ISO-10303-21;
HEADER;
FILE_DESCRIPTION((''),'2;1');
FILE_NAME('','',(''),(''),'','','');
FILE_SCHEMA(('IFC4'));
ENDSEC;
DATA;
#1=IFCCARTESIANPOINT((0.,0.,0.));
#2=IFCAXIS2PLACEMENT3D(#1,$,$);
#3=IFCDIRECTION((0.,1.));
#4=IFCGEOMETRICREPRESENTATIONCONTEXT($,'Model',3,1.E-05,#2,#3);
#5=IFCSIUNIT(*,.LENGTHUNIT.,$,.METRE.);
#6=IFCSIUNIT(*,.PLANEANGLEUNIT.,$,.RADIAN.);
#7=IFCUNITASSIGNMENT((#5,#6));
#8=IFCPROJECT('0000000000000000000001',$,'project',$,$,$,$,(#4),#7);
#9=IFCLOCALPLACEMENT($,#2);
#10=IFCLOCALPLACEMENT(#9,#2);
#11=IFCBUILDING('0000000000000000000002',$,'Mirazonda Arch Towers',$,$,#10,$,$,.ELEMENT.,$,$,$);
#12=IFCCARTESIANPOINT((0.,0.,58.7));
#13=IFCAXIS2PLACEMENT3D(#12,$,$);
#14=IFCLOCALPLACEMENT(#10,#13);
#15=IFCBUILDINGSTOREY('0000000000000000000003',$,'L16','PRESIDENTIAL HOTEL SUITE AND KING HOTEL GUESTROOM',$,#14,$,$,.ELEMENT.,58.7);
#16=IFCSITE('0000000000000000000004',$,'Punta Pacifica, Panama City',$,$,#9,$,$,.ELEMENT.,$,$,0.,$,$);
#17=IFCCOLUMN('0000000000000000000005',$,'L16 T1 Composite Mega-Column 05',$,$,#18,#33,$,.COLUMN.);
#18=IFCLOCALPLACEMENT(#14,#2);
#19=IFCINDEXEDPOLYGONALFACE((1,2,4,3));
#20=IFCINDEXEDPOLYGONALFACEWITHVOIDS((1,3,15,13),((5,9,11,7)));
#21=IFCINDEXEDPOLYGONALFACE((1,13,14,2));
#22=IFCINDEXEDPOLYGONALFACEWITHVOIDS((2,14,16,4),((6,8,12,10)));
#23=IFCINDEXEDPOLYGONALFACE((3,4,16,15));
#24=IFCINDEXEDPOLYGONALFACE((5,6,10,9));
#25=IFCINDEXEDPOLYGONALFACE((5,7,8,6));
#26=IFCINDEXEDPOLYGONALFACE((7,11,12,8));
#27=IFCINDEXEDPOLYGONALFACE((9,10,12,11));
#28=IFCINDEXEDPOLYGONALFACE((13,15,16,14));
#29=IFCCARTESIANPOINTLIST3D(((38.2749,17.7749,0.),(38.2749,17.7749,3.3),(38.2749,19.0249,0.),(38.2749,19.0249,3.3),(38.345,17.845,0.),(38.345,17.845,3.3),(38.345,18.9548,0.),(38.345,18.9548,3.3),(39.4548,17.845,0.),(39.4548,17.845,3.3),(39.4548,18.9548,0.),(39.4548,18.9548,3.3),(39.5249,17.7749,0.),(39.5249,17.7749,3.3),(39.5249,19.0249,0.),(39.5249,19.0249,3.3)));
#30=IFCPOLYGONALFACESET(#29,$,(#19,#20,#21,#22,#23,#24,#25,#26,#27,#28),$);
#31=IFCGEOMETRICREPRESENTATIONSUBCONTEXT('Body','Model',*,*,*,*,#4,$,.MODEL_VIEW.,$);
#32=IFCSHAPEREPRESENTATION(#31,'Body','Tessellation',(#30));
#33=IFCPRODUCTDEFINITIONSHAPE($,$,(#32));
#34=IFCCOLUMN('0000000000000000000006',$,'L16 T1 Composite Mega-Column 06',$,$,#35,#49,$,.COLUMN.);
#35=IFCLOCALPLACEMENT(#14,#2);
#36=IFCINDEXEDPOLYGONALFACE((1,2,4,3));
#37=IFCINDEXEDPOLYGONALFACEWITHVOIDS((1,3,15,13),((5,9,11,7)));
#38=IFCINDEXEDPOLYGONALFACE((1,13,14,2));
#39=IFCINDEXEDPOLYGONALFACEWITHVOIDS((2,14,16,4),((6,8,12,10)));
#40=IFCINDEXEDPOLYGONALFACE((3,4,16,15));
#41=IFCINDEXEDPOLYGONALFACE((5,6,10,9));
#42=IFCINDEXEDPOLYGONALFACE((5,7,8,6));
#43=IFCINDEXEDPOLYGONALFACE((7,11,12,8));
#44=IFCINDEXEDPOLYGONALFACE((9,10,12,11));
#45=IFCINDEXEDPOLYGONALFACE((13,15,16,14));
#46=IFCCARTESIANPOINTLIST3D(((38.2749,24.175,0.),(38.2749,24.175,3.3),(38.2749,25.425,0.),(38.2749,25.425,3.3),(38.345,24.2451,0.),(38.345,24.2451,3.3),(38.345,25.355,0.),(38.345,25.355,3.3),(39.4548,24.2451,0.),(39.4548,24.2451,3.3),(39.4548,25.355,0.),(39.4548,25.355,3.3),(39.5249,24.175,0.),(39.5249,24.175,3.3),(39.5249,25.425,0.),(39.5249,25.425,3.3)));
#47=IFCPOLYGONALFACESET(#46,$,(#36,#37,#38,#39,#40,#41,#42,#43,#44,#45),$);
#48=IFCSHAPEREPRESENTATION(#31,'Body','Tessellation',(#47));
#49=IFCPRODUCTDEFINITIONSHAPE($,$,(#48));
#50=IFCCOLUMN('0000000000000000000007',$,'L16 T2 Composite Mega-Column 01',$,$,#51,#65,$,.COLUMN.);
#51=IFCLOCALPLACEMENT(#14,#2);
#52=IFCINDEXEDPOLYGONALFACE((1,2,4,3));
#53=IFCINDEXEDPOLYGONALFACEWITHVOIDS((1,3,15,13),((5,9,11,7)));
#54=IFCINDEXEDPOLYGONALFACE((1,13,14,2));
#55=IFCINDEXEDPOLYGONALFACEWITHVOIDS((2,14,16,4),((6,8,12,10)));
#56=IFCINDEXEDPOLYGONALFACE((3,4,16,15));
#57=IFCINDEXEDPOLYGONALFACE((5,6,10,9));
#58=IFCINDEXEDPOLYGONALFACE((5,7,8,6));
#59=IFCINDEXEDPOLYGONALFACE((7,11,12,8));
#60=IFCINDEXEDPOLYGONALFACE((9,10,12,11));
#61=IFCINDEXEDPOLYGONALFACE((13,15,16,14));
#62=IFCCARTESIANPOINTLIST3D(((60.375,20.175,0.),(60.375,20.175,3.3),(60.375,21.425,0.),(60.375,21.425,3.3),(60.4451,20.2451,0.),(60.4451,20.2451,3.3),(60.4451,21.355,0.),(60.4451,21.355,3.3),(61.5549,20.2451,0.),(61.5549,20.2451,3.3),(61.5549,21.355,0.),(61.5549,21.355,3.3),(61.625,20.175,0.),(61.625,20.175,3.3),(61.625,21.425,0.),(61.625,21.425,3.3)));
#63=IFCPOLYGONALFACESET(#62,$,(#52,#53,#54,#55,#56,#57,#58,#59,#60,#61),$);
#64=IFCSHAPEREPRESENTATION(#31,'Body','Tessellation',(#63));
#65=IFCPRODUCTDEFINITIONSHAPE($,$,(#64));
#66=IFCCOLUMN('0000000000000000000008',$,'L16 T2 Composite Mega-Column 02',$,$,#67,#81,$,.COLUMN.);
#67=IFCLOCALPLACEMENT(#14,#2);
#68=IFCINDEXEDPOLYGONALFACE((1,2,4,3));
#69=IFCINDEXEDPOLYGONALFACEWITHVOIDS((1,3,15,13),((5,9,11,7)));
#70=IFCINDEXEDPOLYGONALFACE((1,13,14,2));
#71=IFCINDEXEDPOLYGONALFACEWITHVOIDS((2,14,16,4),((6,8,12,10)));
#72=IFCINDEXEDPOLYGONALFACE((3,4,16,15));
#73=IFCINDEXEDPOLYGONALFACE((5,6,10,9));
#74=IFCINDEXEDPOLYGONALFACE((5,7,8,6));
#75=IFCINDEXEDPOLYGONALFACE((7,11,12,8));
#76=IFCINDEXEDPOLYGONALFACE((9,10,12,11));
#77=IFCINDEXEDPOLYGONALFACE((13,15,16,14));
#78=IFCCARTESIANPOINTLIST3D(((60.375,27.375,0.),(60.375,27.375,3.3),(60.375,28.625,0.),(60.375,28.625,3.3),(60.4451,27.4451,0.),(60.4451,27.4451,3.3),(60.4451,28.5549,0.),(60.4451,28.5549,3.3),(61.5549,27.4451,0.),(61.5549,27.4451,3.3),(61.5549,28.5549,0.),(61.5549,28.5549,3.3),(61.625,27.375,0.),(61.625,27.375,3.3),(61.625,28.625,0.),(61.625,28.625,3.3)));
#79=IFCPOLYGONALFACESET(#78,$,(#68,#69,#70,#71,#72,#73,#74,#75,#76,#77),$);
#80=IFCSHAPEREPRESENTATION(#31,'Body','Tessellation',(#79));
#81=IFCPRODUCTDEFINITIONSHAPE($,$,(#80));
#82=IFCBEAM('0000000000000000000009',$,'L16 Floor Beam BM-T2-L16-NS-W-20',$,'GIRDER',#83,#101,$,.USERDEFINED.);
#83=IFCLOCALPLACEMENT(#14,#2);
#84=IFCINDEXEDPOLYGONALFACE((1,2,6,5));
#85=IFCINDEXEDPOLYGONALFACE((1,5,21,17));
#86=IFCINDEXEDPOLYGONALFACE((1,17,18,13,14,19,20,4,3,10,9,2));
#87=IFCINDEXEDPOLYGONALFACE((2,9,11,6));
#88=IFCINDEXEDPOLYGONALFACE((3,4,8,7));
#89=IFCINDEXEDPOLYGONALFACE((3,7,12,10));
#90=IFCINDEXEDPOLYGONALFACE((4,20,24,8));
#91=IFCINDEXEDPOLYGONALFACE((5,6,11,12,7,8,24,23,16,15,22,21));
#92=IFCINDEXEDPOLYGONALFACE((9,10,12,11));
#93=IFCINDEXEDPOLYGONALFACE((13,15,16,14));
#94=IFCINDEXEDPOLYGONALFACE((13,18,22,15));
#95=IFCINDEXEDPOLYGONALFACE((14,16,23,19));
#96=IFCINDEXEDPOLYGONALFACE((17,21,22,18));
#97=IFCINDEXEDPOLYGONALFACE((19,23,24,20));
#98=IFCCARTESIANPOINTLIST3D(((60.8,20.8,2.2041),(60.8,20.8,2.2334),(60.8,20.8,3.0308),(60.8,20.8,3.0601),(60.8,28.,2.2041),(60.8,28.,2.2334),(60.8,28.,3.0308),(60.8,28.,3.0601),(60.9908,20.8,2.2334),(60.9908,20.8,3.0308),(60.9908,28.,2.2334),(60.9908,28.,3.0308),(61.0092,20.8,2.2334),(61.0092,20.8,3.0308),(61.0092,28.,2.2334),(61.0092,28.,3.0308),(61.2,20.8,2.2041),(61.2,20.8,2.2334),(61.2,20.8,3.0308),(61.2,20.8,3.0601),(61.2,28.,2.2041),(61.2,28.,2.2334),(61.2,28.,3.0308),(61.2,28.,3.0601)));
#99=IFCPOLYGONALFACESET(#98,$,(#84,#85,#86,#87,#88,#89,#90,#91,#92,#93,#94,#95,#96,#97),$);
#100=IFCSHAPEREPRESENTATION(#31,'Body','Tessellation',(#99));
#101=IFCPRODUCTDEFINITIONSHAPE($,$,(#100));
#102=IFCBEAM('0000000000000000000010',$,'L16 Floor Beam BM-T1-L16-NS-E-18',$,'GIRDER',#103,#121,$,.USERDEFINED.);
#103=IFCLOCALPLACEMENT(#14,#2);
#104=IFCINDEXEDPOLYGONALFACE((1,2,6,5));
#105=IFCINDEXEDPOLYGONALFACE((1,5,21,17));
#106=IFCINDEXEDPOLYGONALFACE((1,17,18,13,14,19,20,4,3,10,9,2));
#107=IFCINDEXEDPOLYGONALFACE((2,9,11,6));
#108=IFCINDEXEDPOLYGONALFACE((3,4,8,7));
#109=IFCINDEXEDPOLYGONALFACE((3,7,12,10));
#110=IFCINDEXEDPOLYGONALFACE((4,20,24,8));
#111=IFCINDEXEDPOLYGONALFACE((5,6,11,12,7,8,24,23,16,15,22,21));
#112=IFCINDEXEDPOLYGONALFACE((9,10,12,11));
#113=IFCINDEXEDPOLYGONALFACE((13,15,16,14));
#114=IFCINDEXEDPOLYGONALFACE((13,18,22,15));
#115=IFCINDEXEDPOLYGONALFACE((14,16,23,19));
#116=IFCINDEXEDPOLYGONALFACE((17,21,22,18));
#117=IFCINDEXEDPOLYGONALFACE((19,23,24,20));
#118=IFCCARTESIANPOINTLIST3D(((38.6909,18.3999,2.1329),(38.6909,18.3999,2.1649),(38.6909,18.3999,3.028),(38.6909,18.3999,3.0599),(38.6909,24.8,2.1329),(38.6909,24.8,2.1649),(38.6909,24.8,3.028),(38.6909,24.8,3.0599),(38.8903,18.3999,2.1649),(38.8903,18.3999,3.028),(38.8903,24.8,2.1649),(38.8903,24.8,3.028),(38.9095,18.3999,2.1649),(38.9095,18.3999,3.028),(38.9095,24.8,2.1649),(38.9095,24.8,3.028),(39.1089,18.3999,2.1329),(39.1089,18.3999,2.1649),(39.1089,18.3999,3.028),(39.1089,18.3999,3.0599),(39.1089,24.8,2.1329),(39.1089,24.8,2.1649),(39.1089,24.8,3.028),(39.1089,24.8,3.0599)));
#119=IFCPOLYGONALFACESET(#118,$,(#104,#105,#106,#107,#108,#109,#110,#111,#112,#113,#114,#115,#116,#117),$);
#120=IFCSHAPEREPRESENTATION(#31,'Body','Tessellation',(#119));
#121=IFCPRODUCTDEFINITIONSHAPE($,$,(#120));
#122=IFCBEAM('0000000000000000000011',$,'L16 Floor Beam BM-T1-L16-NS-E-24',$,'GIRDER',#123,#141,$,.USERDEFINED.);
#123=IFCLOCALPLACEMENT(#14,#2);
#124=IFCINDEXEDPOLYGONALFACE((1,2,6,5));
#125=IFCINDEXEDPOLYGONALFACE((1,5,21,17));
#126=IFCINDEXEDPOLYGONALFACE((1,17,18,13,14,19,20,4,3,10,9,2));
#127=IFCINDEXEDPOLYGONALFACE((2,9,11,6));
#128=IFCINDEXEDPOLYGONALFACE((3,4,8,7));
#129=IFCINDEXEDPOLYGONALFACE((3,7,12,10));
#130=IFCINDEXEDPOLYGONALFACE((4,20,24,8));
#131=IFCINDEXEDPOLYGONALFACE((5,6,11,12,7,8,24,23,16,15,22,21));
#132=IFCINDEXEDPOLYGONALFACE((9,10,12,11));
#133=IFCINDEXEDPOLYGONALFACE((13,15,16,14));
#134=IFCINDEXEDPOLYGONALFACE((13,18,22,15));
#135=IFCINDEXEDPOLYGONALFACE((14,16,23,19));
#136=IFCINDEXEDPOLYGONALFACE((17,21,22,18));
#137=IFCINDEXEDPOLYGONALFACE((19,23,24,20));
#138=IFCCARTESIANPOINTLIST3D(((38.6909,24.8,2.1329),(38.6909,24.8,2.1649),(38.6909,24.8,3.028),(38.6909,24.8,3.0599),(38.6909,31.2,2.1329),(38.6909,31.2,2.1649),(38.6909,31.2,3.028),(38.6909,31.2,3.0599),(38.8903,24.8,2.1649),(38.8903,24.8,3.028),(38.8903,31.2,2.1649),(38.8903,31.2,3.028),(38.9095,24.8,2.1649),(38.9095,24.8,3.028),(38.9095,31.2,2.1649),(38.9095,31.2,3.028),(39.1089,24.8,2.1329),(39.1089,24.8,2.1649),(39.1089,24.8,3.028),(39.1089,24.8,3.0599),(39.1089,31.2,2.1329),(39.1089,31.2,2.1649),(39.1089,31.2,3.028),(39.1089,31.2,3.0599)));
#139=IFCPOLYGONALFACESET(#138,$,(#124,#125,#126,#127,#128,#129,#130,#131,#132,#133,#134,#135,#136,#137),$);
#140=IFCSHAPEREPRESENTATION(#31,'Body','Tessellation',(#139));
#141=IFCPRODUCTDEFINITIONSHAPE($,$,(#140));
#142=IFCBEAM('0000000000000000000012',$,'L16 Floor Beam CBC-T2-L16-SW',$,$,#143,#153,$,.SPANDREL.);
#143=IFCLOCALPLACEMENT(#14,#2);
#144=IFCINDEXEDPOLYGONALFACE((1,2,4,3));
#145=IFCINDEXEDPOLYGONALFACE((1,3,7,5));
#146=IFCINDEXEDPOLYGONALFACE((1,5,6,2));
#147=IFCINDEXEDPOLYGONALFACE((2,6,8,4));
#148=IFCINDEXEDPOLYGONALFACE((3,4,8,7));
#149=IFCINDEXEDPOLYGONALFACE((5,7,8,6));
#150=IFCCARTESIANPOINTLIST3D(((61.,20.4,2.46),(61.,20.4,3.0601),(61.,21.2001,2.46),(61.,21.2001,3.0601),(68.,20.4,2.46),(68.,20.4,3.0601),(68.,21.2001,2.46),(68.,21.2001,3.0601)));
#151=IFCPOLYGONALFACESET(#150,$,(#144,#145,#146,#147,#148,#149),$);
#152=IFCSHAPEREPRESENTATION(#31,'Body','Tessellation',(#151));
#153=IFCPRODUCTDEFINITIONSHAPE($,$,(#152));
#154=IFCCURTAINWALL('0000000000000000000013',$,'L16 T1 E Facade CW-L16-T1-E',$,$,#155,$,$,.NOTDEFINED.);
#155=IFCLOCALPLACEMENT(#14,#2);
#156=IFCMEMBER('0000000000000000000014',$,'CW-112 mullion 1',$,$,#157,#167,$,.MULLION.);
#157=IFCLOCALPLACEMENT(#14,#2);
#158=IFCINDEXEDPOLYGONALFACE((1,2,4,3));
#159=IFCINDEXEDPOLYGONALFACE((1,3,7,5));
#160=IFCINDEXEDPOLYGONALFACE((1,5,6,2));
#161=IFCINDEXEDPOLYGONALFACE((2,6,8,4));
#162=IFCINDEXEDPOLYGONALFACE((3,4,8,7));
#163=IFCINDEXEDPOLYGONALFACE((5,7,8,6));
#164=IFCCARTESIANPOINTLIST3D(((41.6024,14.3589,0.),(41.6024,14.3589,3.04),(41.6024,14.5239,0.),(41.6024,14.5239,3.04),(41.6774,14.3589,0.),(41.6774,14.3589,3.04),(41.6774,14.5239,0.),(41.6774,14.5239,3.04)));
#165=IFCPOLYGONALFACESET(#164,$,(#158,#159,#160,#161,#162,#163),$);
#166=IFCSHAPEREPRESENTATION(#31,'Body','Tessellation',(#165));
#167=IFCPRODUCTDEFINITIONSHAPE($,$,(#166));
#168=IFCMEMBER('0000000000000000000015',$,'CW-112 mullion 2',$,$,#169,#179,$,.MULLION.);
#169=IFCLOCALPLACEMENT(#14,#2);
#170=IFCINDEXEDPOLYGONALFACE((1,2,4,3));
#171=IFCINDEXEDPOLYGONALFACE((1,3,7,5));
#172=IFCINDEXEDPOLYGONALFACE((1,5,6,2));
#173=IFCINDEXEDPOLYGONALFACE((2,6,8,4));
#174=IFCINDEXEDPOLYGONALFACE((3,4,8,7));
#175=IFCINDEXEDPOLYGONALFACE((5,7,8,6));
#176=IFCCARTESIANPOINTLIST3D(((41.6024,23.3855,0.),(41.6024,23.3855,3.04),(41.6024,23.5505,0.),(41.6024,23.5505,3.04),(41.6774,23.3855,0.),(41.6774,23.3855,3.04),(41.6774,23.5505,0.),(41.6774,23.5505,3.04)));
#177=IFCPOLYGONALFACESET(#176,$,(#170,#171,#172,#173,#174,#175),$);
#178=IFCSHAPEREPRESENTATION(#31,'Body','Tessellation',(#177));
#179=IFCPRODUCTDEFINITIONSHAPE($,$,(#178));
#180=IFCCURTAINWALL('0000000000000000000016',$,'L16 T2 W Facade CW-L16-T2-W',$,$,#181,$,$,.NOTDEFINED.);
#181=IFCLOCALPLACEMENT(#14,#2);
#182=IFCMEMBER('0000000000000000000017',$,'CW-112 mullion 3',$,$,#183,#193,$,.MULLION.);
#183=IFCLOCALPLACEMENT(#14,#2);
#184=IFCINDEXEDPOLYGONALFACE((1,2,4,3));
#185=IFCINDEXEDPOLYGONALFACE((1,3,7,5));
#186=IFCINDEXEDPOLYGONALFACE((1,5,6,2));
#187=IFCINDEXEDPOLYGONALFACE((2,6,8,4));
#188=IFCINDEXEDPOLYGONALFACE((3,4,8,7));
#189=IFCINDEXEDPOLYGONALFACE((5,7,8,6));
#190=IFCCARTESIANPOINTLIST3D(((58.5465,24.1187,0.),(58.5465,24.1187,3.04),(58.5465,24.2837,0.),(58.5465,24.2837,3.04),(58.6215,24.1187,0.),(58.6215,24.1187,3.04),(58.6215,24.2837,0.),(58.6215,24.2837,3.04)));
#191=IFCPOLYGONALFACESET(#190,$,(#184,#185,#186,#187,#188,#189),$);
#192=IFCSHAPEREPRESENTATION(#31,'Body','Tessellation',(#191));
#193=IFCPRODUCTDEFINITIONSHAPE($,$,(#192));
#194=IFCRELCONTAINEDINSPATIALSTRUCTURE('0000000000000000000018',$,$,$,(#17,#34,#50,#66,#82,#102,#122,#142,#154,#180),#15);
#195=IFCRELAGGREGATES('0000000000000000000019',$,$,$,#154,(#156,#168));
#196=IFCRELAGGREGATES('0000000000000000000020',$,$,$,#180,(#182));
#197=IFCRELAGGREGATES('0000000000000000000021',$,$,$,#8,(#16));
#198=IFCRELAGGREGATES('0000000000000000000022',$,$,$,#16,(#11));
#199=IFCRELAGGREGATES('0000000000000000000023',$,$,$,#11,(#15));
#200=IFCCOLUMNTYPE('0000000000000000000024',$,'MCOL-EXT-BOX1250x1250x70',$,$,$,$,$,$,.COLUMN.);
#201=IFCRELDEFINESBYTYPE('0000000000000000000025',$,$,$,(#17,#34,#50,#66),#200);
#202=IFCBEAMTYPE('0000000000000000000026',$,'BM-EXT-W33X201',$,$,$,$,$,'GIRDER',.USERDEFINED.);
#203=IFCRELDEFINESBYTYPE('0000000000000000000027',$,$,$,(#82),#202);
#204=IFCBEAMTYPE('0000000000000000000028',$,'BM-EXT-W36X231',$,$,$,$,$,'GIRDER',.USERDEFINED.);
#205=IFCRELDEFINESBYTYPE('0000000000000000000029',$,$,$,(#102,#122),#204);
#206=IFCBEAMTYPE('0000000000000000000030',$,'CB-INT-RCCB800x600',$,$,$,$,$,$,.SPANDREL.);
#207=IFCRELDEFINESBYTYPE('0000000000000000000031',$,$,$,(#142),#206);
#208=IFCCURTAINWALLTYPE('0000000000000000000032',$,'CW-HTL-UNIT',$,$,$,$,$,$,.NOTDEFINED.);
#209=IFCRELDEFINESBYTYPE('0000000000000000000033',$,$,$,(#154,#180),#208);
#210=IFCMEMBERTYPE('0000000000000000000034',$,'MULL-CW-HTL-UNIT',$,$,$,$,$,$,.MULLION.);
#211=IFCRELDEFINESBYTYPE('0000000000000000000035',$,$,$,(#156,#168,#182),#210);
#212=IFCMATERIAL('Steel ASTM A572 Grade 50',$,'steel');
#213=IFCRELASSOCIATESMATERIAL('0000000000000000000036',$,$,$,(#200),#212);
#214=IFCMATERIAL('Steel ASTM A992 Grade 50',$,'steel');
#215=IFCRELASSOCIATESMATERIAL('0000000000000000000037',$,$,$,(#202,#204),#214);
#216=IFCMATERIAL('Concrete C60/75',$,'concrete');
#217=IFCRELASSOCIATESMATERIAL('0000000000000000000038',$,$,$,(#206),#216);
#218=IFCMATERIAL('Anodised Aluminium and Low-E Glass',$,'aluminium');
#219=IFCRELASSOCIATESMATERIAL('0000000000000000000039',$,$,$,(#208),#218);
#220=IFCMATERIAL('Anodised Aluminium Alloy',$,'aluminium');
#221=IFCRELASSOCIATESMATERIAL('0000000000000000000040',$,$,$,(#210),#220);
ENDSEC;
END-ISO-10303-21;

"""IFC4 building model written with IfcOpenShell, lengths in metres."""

from ifc_helpers import new_model, si_unit, direction, frame, origin, origin_2d, place, context, subcontext, project, spatial, rectangle, hollow_rectangle, i_section, extrude, material, material_profile, profile_set, type_object, element, aggregate, save


model = new_model("IFC4")

# Units and contexts
model_context = context("Model", 3, precision=1e-05, world=origin(), true_north=direction((0.0, 1.0)))
body_context = subcontext(model_context, "Body", "Model", "MODEL_VIEW")
ifc_project = project(units=[si_unit("LENGTHUNIT", "METRE"), si_unit("PLANEANGLEUNIT", "RADIAN")], contexts=[model_context])

# Site, building, storey
site_placement = place(None, origin())
site = spatial("IfcSite", under=ifc_project, at=site_placement, Name="Punta Pacifica, Panama City", CompositionType="ELEMENT", RefElevation=0.0)
building_placement = place(site_placement, origin())
building = spatial("IfcBuilding", under=site, at=building_placement, Name="Mirazonda Arch Towers", CompositionType="ELEMENT")
storey_placement = place(building_placement, frame((0.0, 0.0, 58.7)))
storey = spatial("IfcBuildingStorey", under=building, at=storey_placement, Name="L16", Description="PRESIDENTIAL HOTEL SUITE AND KING HOTEL GUESTROOM", CompositionType="ELEMENT", Elevation=58.7)

# Columns
ifc_material_1 = material(Name="Steel ASTM A572 Grade 50", Category="steel")
ifc_material_profile_1 = material_profile(ifc_material_1, hollow_rectangle(XDim=1.25, YDim=1.25, WallThickness=0.0701, at=origin_2d()), Name="BOX1250x1250x70")
ifc_profile_set_1 = profile_set([ifc_material_profile_1], Name="Steel ASTM A572 Grade 50")
column_type = type_object("IfcColumnType", Name="MCOL-EXT-BOX1250x1250x70", PredefinedType="COLUMN", material=ifc_profile_set_1)
for number, where, z_axis, x_axis, name in (
    (1, (38.8999, 18.3999, 0.0), (0.0, 0.0, 1.0), (1.0, 0.0, 0.0), "L16 T1 Composite Mega-Column 05"),
    (2, (38.8999, 24.8, 0.0), (0.0, 0.0, 1.0), (1.0, 0.0, 0.0), "L16 T1 Composite Mega-Column 06"),
    (3, (61.0, 20.8, 0.0), (0.0, 0.0, 1.0), (1.0, 0.0, 0.0), "L16 T2 Composite Mega-Column 01"),
    (4, (61.0, 28.0, 0.0), (0.0, 0.0, 1.0), (1.0, 0.0, 0.0), "L16 T2 Composite Mega-Column 02"),
):
    element("IfcColumn", number, at=place(storey_placement, frame(where, z_axis=z_axis, x_axis=x_axis)), inside=storey, type_object=column_type, Name=name, PredefinedType="COLUMN", context=body_context, shape_type="SweptSolid", body=[
        extrude(hollow_rectangle(XDim=1.25, YDim=1.25, WallThickness=0.0701, at=origin_2d()), origin(), (0.0, 0.0, 1.0), 3.3),
    ])

# Beams
ifc_material_2 = material(Name="Steel ASTM A992 Grade 50", Category="steel")
ifc_material_profile_2 = material_profile(ifc_material_2, i_section(OverallWidth=0.3999, OverallDepth=0.856, WebThickness=0.0183, FlangeThickness=0.0293, at=origin_2d()), Name="W33X201")
ifc_profile_set_2 = profile_set([ifc_material_profile_2], Name="Steel ASTM A992 Grade 50")
beam_type_1 = type_object("IfcBeamType", Name="BM-EXT-W33X201", ElementType="GIRDER", PredefinedType="USERDEFINED", material=ifc_profile_set_2)
beam_1_placement = place(storey_placement, frame((61.0, 20.8, 2.6321), z_axis=(0.0, 1.0, 0.0), x_axis=(-1.0, 0.0, 0.0)))
element("IfcBeam", 5, at=beam_1_placement, inside=storey, type_object=beam_type_1, Name="L16 Floor Beam BM-T2-L16-NS-W-20", ObjectType="GIRDER", PredefinedType="USERDEFINED", context=body_context, shape_type="SweptSolid", body=[
    extrude(i_section(OverallWidth=0.3999, OverallDepth=0.856, WebThickness=0.0183, FlangeThickness=0.0293, at=origin_2d()), origin(), (0.0, 0.0, 1.0), 7.2),
])
ifc_material_profile_3 = material_profile(ifc_material_2, i_section(OverallWidth=0.418, OverallDepth=0.927, WebThickness=0.0193, FlangeThickness=0.032, at=origin_2d()), Name="W36X231")
ifc_profile_set_3 = profile_set([ifc_material_profile_3], Name="Steel ASTM A992 Grade 50")
beam_type_2 = type_object("IfcBeamType", Name="BM-EXT-W36X231", ElementType="GIRDER", PredefinedType="USERDEFINED", material=ifc_profile_set_3)
beam_2_placement = place(storey_placement, frame((38.8999, 18.3999, 2.5964), z_axis=(0.0, 1.0, 0.0), x_axis=(-1.0, 0.0, 0.0)))
element("IfcBeam", 6, at=beam_2_placement, inside=storey, type_object=beam_type_2, Name="L16 Floor Beam BM-T1-L16-NS-E-18", ObjectType="GIRDER", PredefinedType="USERDEFINED", context=body_context, shape_type="SweptSolid", body=[
    extrude(i_section(OverallWidth=0.418, OverallDepth=0.927, WebThickness=0.0193, FlangeThickness=0.032, at=origin_2d()), origin(), (0.0, 0.0, 1.0), 6.4001),
])
beam_3_placement = place(storey_placement, frame((38.8999, 24.8, 2.5964), z_axis=(0.0, 1.0, 0.0), x_axis=(-1.0, 0.0, 0.0)))
element("IfcBeam", 7, at=beam_3_placement, inside=storey, type_object=beam_type_2, Name="L16 Floor Beam BM-T1-L16-NS-E-24", ObjectType="GIRDER", PredefinedType="USERDEFINED", context=body_context, shape_type="SweptSolid", body=[
    extrude(i_section(OverallWidth=0.418, OverallDepth=0.927, WebThickness=0.0193, FlangeThickness=0.032, at=origin_2d()), origin(), (0.0, 0.0, 1.0), 6.3999),
])
ifc_material_3 = material(Name="Concrete C60/75", Category="concrete")
ifc_material_profile_4 = material_profile(ifc_material_3, rectangle(XDim=0.8, YDim=0.6001, at=origin_2d()), Name="RCCB800x600")
ifc_profile_set_4 = profile_set([ifc_material_profile_4], Name="Concrete C60/75")
beam_type_3 = type_object("IfcBeamType", Name="CB-INT-RCCB800x600", PredefinedType="SPANDREL", material=ifc_profile_set_4)
beam_4_placement = place(storey_placement, frame((61.0, 20.8, 2.76), z_axis=(1.0, 0.0, 0.0), x_axis=(0.0, 1.0, 0.0)))
element("IfcBeam", 8, at=beam_4_placement, inside=storey, type_object=beam_type_3, Name="L16 Floor Beam CBC-T2-L16-SW", PredefinedType="SPANDREL", context=body_context, shape_type="SweptSolid", body=[
    extrude(rectangle(XDim=0.8, YDim=0.6001, at=origin_2d()), origin(), (0.0, 0.0, 1.0), 7.0),
])

# Curtain walls, members
ifc_material_4 = material(Name="Anodised Aluminium and Low-E Glass", Category="aluminium")
curtain_wall_type = type_object("IfcCurtainWallType", Name="CW-HTL-UNIT", PredefinedType="NOTDEFINED", material=ifc_material_4)
curtain_wall_1_placement = place(storey_placement, origin())
curtain_wall_1 = element("IfcCurtainWall", 9, at=curtain_wall_1_placement, inside=storey, type_object=curtain_wall_type, Name="L16 T1 E Facade CW-L16-T1-E", PredefinedType="NOTDEFINED")
ifc_material_5 = material(Name="Anodised Aluminium Alloy", Category="aluminium")
ifc_material_profile_5 = material_profile(ifc_material_5, rectangle(XDim=0.075, YDim=0.165, at=origin_2d()), Name="ALU-MULL-75x165")
ifc_profile_set_5 = profile_set([ifc_material_profile_5], Name="Anodised Aluminium Alloy")
member_type_1 = type_object("IfcMemberType", Name="MULL-CW-HTL-UNIT", PredefinedType="MULLION", material=ifc_profile_set_5)
member_1_placement = place(storey_placement, frame((41.6399, 14.4414, 0.0), z_axis=(0.0, 0.0, 1.0), x_axis=(-1.0, 0.0, 0.0)))
member_1 = element("IfcMember", 10, at=member_1_placement, type_object=member_type_1, Name="CW-112 mullion 1", PredefinedType="MULLION", context=body_context, shape_type="SweptSolid", body=[
    extrude(rectangle(XDim=0.075, YDim=0.165, at=origin_2d()), origin(), (0.0, 0.0, 1.0), 3.04),
])
member_2_placement = place(storey_placement, frame((41.6399, 23.468, 0.0), z_axis=(0.0, 0.0, 1.0), x_axis=(-1.0, 0.0, 0.0)))
member_2 = element("IfcMember", 11, at=member_2_placement, type_object=member_type_1, Name="CW-112 mullion 2", PredefinedType="MULLION", context=body_context, shape_type="SweptSolid", body=[
    extrude(rectangle(XDim=0.075, YDim=0.165, at=origin_2d()), origin(), (0.0, 0.0, 1.0), 3.04),
])
curtain_wall_2_placement = place(storey_placement, origin())
curtain_wall_2 = element("IfcCurtainWall", 12, at=curtain_wall_2_placement, inside=storey, type_object=curtain_wall_type, Name="L16 T2 W Facade CW-L16-T2-W", PredefinedType="NOTDEFINED")
member_3_placement = place(storey_placement, frame((58.584, 24.2012, 0.0), z_axis=(0.0, 0.0, 1.0), x_axis=(1.0, 0.0, 0.0)))
member_3 = element("IfcMember", 13, at=member_3_placement, type_object=member_type_1, Name="CW-112 mullion 3", PredefinedType="MULLION", context=body_context, shape_type="SweptSolid", body=[
    extrude(rectangle(XDim=0.075, YDim=0.165, at=origin_2d()), origin(), (0.0, 0.0, 1.0), 3.04),
])

aggregate(curtain_wall_1, [member_1, member_2])
aggregate(curtain_wall_2, [member_3])

save(model, "model.ifc")
